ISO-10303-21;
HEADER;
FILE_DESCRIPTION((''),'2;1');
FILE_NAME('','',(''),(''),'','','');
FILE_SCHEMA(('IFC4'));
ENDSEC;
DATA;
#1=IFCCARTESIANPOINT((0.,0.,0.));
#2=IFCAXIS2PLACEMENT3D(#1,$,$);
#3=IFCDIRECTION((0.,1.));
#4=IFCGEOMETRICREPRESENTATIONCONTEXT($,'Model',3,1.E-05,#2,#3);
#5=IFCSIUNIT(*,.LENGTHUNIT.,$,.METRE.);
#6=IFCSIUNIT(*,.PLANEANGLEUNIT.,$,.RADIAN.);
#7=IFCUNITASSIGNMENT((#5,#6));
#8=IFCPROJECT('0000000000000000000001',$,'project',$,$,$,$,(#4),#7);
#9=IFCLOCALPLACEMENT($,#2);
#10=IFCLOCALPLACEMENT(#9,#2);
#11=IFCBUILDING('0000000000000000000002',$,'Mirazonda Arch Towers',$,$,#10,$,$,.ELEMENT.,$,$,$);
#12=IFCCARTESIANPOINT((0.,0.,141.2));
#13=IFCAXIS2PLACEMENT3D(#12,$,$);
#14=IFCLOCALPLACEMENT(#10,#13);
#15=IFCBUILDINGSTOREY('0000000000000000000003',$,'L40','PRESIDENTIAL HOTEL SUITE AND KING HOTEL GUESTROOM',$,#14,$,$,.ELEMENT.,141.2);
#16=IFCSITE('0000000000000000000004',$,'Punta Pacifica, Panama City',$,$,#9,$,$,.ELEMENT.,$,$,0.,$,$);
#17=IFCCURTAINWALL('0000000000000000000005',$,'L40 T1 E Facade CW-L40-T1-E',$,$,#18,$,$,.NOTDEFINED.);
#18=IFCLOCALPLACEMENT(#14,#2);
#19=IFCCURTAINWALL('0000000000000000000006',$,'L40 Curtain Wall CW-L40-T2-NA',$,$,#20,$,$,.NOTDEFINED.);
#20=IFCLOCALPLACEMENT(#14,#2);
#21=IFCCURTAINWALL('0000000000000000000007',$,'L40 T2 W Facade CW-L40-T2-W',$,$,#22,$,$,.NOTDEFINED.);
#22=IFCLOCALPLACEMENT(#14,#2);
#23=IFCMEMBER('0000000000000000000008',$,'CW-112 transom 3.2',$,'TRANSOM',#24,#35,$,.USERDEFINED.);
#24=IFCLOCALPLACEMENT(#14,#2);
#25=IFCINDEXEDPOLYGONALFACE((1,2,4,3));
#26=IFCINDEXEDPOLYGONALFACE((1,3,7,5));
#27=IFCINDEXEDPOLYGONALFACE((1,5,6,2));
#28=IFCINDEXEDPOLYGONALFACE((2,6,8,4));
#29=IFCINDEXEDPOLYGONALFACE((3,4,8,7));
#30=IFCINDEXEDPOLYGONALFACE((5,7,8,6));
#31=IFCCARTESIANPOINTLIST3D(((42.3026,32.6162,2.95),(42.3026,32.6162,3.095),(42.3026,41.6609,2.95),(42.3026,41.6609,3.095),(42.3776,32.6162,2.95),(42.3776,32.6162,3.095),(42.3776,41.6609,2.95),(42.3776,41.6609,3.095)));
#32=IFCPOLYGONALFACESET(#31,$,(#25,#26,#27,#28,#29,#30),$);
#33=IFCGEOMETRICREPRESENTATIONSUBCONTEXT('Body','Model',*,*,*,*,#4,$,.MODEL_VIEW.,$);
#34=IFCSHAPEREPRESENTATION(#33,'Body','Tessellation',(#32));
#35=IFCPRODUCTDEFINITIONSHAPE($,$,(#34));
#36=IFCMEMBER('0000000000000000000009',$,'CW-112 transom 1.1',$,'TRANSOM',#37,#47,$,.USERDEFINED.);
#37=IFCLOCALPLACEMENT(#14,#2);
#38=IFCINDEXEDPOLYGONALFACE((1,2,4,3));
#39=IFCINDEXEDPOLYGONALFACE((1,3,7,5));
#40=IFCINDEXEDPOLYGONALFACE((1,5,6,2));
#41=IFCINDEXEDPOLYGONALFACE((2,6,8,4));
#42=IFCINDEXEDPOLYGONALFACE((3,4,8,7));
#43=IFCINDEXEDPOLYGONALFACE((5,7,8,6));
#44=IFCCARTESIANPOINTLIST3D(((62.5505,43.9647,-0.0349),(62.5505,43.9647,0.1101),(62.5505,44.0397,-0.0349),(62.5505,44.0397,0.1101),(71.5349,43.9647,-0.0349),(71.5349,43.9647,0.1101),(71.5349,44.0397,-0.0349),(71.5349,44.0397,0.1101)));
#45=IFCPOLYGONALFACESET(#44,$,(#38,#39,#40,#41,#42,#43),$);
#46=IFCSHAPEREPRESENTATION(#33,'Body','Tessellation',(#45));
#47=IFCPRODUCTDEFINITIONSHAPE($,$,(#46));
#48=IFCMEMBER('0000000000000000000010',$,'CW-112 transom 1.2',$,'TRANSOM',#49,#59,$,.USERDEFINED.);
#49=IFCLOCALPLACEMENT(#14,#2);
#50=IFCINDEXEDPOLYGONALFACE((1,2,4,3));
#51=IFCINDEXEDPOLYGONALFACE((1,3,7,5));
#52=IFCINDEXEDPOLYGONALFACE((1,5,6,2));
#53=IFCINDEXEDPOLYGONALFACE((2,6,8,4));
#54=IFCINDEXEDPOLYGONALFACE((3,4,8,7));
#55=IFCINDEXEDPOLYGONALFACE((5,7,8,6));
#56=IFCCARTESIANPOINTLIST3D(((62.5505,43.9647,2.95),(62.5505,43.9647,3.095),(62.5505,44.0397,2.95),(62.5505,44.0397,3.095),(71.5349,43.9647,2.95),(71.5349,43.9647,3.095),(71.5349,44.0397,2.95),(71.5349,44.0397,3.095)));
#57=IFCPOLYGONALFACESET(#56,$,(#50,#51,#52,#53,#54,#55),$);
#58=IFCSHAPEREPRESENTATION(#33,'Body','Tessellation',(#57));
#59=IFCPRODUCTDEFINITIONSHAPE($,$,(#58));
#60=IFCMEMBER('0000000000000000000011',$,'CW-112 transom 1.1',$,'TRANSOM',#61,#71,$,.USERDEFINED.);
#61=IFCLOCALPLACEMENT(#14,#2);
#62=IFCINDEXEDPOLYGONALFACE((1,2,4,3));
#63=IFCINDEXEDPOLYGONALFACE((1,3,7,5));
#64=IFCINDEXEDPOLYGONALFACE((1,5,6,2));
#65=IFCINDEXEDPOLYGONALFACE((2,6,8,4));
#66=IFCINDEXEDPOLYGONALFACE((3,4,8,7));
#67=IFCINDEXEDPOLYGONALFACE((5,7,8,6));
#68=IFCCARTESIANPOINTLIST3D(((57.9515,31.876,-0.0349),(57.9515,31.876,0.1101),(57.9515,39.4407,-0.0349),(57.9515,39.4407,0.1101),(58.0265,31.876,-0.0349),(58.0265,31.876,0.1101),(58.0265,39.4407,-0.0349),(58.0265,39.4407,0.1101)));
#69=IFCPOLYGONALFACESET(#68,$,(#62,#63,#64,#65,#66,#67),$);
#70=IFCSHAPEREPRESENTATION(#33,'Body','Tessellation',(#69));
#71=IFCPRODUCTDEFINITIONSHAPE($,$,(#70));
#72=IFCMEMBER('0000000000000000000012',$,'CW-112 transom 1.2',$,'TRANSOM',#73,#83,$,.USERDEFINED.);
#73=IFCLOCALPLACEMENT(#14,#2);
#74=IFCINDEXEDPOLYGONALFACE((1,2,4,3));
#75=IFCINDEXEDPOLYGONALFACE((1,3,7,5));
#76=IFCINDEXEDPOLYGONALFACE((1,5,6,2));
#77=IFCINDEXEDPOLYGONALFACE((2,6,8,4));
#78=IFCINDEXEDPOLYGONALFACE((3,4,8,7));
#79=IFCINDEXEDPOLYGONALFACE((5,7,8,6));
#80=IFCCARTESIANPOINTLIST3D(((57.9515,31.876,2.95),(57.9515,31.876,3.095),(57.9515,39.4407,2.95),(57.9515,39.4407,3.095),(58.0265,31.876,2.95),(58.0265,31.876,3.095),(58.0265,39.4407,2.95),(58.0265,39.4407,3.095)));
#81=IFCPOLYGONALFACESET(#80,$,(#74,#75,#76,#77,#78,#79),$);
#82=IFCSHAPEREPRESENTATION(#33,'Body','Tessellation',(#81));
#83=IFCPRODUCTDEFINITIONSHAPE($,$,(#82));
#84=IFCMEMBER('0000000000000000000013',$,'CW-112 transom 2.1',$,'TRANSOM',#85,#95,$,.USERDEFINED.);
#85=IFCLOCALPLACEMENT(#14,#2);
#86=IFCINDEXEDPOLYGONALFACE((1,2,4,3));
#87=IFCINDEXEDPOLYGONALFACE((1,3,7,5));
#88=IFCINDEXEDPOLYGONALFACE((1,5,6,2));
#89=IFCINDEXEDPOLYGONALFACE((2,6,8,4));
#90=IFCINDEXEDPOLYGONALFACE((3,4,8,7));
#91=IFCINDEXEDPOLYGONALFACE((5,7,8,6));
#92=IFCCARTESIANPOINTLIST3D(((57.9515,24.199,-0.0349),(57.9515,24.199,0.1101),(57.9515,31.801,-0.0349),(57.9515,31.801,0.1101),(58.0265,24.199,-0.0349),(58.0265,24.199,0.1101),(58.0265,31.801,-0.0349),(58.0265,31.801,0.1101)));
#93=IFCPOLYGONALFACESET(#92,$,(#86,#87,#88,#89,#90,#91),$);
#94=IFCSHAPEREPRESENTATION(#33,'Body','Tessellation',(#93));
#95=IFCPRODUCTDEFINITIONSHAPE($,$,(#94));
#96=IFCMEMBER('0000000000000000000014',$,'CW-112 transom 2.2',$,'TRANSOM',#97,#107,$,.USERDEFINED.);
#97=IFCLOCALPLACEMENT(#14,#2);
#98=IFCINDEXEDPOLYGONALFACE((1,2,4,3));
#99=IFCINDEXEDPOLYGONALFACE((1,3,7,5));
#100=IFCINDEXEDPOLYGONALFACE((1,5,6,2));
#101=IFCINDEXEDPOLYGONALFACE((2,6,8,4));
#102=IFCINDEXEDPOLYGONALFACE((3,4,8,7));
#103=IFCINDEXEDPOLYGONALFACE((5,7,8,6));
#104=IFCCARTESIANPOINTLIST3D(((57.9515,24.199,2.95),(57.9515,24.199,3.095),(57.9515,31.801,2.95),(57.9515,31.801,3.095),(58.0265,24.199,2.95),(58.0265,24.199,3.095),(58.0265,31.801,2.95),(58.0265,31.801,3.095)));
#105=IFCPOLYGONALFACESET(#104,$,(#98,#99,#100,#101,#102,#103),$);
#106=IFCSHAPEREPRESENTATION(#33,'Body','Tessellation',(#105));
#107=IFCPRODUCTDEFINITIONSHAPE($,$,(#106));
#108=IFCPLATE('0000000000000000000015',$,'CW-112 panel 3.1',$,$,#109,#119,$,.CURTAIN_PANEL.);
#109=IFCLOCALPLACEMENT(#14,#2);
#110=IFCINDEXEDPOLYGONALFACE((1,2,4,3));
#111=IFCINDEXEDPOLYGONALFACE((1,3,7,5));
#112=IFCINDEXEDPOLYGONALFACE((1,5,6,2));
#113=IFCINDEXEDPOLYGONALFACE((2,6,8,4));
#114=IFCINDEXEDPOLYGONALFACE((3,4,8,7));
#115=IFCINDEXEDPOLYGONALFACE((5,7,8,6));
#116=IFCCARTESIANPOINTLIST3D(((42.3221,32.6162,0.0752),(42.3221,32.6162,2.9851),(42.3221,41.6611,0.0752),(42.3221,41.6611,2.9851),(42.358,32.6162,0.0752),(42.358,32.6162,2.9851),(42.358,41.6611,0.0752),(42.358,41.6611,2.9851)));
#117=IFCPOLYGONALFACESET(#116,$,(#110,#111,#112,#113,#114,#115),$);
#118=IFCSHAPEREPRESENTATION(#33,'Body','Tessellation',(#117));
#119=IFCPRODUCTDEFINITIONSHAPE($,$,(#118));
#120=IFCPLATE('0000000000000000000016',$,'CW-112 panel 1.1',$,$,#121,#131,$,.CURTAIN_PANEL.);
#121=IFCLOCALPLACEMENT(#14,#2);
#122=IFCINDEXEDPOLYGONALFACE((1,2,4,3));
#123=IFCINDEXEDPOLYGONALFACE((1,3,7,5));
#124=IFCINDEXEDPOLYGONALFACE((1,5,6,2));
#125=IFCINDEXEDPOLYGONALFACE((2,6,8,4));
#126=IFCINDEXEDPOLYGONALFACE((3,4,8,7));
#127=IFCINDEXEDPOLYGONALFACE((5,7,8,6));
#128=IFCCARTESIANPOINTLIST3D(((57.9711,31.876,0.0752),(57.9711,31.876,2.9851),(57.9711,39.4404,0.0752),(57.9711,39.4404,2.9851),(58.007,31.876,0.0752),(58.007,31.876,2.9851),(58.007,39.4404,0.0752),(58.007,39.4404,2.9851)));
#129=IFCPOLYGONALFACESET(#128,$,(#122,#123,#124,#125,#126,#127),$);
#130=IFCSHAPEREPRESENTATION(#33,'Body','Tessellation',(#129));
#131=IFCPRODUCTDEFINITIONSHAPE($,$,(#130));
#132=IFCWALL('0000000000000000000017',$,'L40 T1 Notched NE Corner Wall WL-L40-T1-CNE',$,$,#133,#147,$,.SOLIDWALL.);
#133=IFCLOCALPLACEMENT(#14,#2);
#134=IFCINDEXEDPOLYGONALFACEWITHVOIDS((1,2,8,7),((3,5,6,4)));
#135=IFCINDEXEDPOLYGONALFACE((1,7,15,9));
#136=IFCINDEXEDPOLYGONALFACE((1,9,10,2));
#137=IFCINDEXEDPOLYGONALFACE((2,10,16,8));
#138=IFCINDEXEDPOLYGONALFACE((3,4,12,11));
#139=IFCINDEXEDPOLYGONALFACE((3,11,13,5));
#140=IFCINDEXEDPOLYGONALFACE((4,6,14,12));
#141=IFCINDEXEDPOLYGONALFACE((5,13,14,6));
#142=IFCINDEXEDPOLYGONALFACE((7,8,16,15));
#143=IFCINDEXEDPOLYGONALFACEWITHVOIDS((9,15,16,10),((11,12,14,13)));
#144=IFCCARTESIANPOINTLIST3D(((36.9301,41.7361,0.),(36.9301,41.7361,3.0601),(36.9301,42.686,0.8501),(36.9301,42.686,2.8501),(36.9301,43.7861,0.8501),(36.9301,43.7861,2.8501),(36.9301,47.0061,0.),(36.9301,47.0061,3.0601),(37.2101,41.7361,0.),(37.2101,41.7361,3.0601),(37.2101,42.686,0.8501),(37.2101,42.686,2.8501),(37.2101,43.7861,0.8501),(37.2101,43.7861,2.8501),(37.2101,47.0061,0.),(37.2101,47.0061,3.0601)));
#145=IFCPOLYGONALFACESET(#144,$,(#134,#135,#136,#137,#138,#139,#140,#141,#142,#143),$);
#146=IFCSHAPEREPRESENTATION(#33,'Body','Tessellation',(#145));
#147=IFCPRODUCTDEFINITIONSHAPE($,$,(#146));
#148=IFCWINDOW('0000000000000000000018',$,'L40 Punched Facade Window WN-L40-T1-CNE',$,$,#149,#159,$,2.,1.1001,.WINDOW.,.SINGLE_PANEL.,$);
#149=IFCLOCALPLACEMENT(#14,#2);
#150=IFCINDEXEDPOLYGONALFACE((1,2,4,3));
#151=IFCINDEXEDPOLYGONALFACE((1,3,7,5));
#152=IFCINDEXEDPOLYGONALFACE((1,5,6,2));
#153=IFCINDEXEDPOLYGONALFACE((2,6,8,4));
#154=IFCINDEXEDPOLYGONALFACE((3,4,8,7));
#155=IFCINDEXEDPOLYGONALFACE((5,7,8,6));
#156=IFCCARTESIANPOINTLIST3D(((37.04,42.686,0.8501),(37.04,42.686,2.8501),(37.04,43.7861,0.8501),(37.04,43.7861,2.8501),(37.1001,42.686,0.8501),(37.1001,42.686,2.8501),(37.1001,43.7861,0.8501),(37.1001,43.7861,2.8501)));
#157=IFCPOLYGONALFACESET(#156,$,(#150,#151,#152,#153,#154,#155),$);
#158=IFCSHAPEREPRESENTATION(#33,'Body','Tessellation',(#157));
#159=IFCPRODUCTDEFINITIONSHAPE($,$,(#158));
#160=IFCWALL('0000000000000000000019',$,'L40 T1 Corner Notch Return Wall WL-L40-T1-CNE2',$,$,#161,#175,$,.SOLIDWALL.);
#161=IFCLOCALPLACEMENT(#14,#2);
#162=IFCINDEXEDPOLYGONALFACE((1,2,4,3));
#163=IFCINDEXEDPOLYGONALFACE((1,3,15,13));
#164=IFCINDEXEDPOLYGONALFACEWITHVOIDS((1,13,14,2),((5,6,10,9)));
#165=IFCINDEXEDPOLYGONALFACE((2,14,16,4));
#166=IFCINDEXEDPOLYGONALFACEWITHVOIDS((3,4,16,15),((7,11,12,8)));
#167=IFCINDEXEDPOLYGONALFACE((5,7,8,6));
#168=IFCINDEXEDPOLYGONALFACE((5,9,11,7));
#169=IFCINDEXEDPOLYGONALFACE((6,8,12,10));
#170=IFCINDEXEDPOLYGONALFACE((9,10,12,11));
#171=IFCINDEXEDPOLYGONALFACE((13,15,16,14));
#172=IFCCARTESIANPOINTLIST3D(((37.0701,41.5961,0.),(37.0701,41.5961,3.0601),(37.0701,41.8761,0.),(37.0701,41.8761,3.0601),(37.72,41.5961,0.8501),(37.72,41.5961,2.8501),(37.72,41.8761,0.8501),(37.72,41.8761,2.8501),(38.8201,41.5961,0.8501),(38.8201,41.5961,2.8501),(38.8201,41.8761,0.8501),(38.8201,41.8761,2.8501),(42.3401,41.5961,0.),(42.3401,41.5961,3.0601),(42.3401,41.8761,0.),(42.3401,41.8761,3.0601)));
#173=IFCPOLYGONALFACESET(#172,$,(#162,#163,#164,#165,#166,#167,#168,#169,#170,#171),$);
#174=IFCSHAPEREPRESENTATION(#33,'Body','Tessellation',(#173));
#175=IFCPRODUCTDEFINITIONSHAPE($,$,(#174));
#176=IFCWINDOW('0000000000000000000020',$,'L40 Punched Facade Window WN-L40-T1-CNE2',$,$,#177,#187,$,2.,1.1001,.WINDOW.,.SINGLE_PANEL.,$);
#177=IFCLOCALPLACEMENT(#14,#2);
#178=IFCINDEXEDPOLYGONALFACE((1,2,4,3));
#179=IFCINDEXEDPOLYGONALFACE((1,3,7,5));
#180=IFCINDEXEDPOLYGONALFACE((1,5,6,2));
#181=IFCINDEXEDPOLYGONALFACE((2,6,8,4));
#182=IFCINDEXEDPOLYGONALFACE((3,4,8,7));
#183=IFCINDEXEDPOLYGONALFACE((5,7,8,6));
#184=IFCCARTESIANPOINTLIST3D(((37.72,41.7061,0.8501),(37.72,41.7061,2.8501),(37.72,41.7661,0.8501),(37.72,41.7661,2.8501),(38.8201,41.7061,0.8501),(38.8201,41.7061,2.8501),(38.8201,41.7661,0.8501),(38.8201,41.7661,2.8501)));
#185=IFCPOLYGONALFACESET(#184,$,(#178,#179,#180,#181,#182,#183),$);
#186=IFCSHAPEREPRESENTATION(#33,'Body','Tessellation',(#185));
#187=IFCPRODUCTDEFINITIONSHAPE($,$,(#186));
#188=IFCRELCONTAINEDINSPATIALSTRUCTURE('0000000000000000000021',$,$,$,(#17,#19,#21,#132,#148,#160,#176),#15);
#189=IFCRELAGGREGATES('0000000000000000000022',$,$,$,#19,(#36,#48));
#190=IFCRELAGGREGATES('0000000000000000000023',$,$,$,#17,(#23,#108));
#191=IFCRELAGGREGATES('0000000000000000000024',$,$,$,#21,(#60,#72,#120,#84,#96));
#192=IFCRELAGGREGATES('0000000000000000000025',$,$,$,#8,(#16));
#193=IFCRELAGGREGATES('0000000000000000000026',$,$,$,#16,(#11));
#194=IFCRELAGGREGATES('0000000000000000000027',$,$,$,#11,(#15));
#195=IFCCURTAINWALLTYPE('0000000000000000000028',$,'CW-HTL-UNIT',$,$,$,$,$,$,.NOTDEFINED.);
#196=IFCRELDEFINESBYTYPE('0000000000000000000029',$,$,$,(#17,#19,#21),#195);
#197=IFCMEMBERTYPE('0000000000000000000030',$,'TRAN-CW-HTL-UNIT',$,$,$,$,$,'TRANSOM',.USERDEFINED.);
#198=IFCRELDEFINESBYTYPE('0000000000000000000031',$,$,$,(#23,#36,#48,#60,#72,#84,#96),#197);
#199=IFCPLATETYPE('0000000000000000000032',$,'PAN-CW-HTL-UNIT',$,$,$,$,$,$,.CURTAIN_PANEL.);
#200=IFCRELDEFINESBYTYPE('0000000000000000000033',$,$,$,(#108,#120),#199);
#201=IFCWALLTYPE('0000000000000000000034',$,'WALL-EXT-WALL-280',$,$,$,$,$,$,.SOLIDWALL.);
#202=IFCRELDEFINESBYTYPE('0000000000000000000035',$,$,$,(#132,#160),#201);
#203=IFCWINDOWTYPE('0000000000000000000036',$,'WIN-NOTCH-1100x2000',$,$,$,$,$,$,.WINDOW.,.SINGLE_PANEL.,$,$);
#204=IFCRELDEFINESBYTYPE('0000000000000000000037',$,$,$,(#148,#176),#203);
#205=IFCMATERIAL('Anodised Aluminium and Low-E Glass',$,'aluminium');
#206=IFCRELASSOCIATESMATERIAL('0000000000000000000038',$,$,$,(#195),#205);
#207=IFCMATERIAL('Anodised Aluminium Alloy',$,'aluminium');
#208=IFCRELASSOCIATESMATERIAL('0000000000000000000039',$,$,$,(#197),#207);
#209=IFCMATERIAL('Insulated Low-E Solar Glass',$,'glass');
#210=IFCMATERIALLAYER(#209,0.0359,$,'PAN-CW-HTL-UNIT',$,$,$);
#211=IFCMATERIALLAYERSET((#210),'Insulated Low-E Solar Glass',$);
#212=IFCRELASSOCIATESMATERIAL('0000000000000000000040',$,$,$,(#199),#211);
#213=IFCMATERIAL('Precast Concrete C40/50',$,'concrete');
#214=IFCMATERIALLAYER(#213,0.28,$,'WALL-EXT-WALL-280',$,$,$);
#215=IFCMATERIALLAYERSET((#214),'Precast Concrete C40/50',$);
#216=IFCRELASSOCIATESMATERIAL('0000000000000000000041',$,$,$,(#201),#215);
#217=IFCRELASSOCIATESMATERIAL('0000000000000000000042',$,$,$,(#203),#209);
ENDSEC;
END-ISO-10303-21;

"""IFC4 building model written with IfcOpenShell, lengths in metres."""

from ifc_helpers import new_model, si_unit, direction, frame, frame_2d, origin, origin_2d, place, context, subcontext, project, spatial, rectangle, extrude, material, layer, layer_set, material_profile, profile_set, type_object, element, fill, aggregate, save


model = new_model("IFC4")

# Units and contexts
model_context = context("Model", 3, precision=1e-05, world=origin(), true_north=direction((0.0, 1.0)))
body_context = subcontext(model_context, "Body", "Model", "MODEL_VIEW")
ifc_project = project(units=[si_unit("LENGTHUNIT", "METRE"), si_unit("PLANEANGLEUNIT", "RADIAN")], contexts=[model_context])

# Site, building, storey
site_placement = place(None, origin())
site = spatial("IfcSite", under=ifc_project, at=site_placement, Name="Punta Pacifica, Panama City", CompositionType="ELEMENT", RefElevation=0.0)
building_placement = place(site_placement, origin())
building = spatial("IfcBuilding", under=site, at=building_placement, Name="Mirazonda Arch Towers", CompositionType="ELEMENT")
storey_placement = place(building_placement, frame((0.0, 0.0, 141.2)))
storey = spatial("IfcBuildingStorey", under=building, at=storey_placement, Name="L40", Description="PRESIDENTIAL HOTEL SUITE AND KING HOTEL GUESTROOM", CompositionType="ELEMENT", Elevation=141.2)

# Curtain wall
ifc_material_1 = material(Name="Anodised Aluminium and Low-E Glass", Category="aluminium")
curtain_wall_type = type_object("IfcCurtainWallType", Name="CW-HTL-UNIT", PredefinedType="NOTDEFINED", material=ifc_material_1)
curtain_wall_1_placement = place(storey_placement, origin())
curtain_wall_1 = element("IfcCurtainWall", 1, at=curtain_wall_1_placement, inside=storey, type_object=curtain_wall_type, Name="L40 T1 E Facade CW-L40-T1-E", PredefinedType="NOTDEFINED")
ifc_material_2 = material(Name="Anodised Aluminium Alloy", Category="aluminium")

# Curtain wall
curtain_wall_2_placement = place(storey_placement, origin())
curtain_wall_2 = element("IfcCurtainWall", 2, at=curtain_wall_2_placement, inside=storey, type_object=curtain_wall_type, Name="L40 Curtain Wall CW-L40-T2-NA", PredefinedType="NOTDEFINED")

# Curtain wall
curtain_wall_3_placement = place(storey_placement, origin())
curtain_wall_3 = element("IfcCurtainWall", 3, at=curtain_wall_3_placement, inside=storey, type_object=curtain_wall_type, Name="L40 T2 W Facade CW-L40-T2-W", PredefinedType="NOTDEFINED")

# Members
ifc_material_profile_1 = material_profile(ifc_material_2, rectangle(XDim=0.075, YDim=0.145, at=origin_2d()), Name="ALU-TRAN-75x145")
ifc_profile_set_1 = profile_set([ifc_material_profile_1], Name="Anodised Aluminium Alloy")
member_type_1 = type_object("IfcMemberType", Name="TRAN-CW-HTL-UNIT", ElementType="TRANSOM", PredefinedType="USERDEFINED", material=ifc_profile_set_1)
member_1_placement = place(storey_placement, frame((42.3401, 32.6162, 3.0225), z_axis=(0.0, 1.0, 0.0), x_axis=(-1.0, 0.0, 0.0)))
member_1 = element("IfcMember", 4, at=member_1_placement, type_object=member_type_1, Name="CW-112 transom 3.2", ObjectType="TRANSOM", PredefinedType="USERDEFINED", context=body_context, shape_type="SweptSolid", body=[
    extrude(rectangle(XDim=0.075, YDim=0.145, at=origin_2d()), origin(), (0.0, 0.0, 1.0), 9.0447),
])
member_2_placement = place(storey_placement, frame((62.5505, 44.0022, 0.0376), z_axis=(1.0, 0.0, 0.0), x_axis=(0.0, 1.0, 0.0)))
member_2 = element("IfcMember", 5, at=member_2_placement, type_object=member_type_1, Name="CW-112 transom 1.1", ObjectType="TRANSOM", PredefinedType="USERDEFINED", context=body_context, shape_type="SweptSolid", body=[
    extrude(rectangle(XDim=0.075, YDim=0.145, at=origin_2d()), origin(), (0.0, 0.0, 1.0), 8.9844),
])
member_3_placement = place(storey_placement, frame((62.5505, 44.0022, 3.0225), z_axis=(1.0, 0.0, 0.0), x_axis=(0.0, 1.0, 0.0)))
member_3 = element("IfcMember", 6, at=member_3_placement, type_object=member_type_1, Name="CW-112 transom 1.2", ObjectType="TRANSOM", PredefinedType="USERDEFINED", context=body_context, shape_type="SweptSolid", body=[
    extrude(rectangle(XDim=0.075, YDim=0.145, at=origin_2d()), origin(), (0.0, 0.0, 1.0), 8.9844),
])
aggregate(curtain_wall_2, [member_2, member_3])
member_4_placement = place(storey_placement, frame((57.989, 39.4407, 0.0376), z_axis=(0.0, -1.0, 0.0), x_axis=(1.0, 0.0, 0.0)))
member_4 = element("IfcMember", 7, at=member_4_placement, type_object=member_type_1, Name="CW-112 transom 1.1", ObjectType="TRANSOM", PredefinedType="USERDEFINED", context=body_context, shape_type="SweptSolid", body=[
    extrude(rectangle(XDim=0.075, YDim=0.145, at=origin_2d()), origin(), (0.0, 0.0, 1.0), 7.5647),
])
member_5_placement = place(storey_placement, frame((57.989, 39.4407, 3.0225), z_axis=(0.0, -1.0, 0.0), x_axis=(1.0, 0.0, 0.0)))
member_5 = element("IfcMember", 8, at=member_5_placement, type_object=member_type_1, Name="CW-112 transom 1.2", ObjectType="TRANSOM", PredefinedType="USERDEFINED", context=body_context, shape_type="SweptSolid", body=[
    extrude(rectangle(XDim=0.075, YDim=0.145, at=origin_2d()), origin(), (0.0, 0.0, 1.0), 7.5647),
])
member_6_placement = place(storey_placement, frame((57.989, 31.801, 0.0376), z_axis=(0.0, -1.0, 0.0), x_axis=(1.0, 0.0, 0.0)))
member_6 = element("IfcMember", 9, at=member_6_placement, type_object=member_type_1, Name="CW-112 transom 2.1", ObjectType="TRANSOM", PredefinedType="USERDEFINED", context=body_context, shape_type="SweptSolid", body=[
    extrude(rectangle(XDim=0.075, YDim=0.145, at=origin_2d()), origin(), (0.0, 0.0, 1.0), 7.6021),
])
member_7_placement = place(storey_placement, frame((57.989, 31.801, 3.0225), z_axis=(0.0, -1.0, 0.0), x_axis=(1.0, 0.0, 0.0)))
member_7 = element("IfcMember", 10, at=member_7_placement, type_object=member_type_1, Name="CW-112 transom 2.2", ObjectType="TRANSOM", PredefinedType="USERDEFINED", context=body_context, shape_type="SweptSolid", body=[
    extrude(rectangle(XDim=0.075, YDim=0.145, at=origin_2d()), origin(), (0.0, 0.0, 1.0), 7.6021),
])

# Plates
ifc_material_3 = material(Name="Insulated Low-E Solar Glass", Category="glass")
ifc_layer_1 = layer(ifc_material_3, 0.0359, Name="PAN-CW-HTL-UNIT")
ifc_layer_set_1 = layer_set([ifc_layer_1], Name="Insulated Low-E Solar Glass")
plate_type = type_object("IfcPlateType", Name="PAN-CW-HTL-UNIT", PredefinedType="CURTAIN_PANEL", material=ifc_layer_set_1)
plate_1_placement = place(storey_placement, frame((42.3401, 37.1387, 0.0752), z_axis=(0.0, 0.0, 1.0), x_axis=(0.0, 1.0, 0.0)))
plate_1 = element("IfcPlate", 11, at=plate_1_placement, type_object=plate_type, Name="CW-112 panel 3.1", PredefinedType="CURTAIN_PANEL", context=body_context, shape_type="SweptSolid", body=[
    extrude(rectangle(XDim=9.0449, YDim=0.0359, at=origin_2d()), origin(), (0.0, 0.0, 1.0), 2.9099),
])
aggregate(curtain_wall_1, [member_1, plate_1])
plate_2_placement = place(storey_placement, frame((57.989, 35.6582, 0.0752), z_axis=(0.0, 0.0, 1.0), x_axis=(0.0, -1.0, 0.0)))
plate_2 = element("IfcPlate", 12, at=plate_2_placement, type_object=plate_type, Name="CW-112 panel 1.1", PredefinedType="CURTAIN_PANEL", context=body_context, shape_type="SweptSolid", body=[
    extrude(rectangle(XDim=7.5645, YDim=0.0359, at=origin_2d()), origin(), (0.0, 0.0, 1.0), 2.9099),
])
aggregate(curtain_wall_3, [member_4, member_5, plate_2, member_6, member_7])

# Walls, openings, windows
ifc_material_4 = material(Name="Precast Concrete C40/50", Category="concrete")
ifc_layer_2 = layer(ifc_material_4, 0.28, Name="WALL-EXT-WALL-280")
ifc_layer_set_2 = layer_set([ifc_layer_2], Name="Precast Concrete C40/50")
wall_type_1 = type_object("IfcWallType", Name="WALL-EXT-WALL-280", PredefinedType="SOLIDWALL", material=ifc_layer_set_2)
wall_1_placement = place(storey_placement, frame((37.0701, 41.7361, 0.0), z_axis=(0.0, 0.0, 1.0), x_axis=(0.0, 1.0, 0.0)))
wall_1 = element("IfcWall", 13, at=wall_1_placement, inside=storey, type_object=wall_type_1, Name="L40 T1 Notched NE Corner Wall WL-L40-T1-CNE", PredefinedType="SOLIDWALL", context=body_context, shape_type="SweptSolid", body=[
    extrude(rectangle(XDim=5.27, YDim=0.28, at=frame_2d((2.635, 0.0))), origin(), (0.0, 0.0, 1.0), 3.0601),
])
opening_1_placement = place(wall_1_placement, frame((0.95, 0.0, 0.8501)))
opening_1 = element("IfcOpeningElement", 14, at=opening_1_placement, cuts=wall_1, PredefinedType="OPENING", context=body_context, shape_type="SweptSolid", body=[
    extrude(rectangle(XDim=1.1001, YDim=2.0, at=frame_2d((0.55, 1.0))), frame((0.0, 0.1499, 0.0), z_axis=(0.0, -1.0, 0.0), x_axis=(1.0, 0.0, 0.0)), (0.0, 0.0, 1.0), 0.3),
])
window_type = type_object("IfcWindowType", Name="WIN-NOTCH-1100x2000", PartitioningType="SINGLE_PANEL", PredefinedType="WINDOW", material=ifc_material_3)
window_1_placement = place(opening_1_placement, origin())
window_1 = element("IfcWindow", 15, at=window_1_placement, inside=storey, type_object=window_type, Name="L40 Punched Facade Window WN-L40-T1-CNE", OverallHeight=2.0, OverallWidth=1.1001, PartitioningType="SINGLE_PANEL", PredefinedType="WINDOW", context=body_context, shape_type="SweptSolid", body=[
    extrude(rectangle(XDim=1.1001, YDim=2.0, at=frame_2d((0.55, 1.0))), frame((0.0, 0.03, 0.0), z_axis=(0.0, -1.0, 0.0), x_axis=(1.0, 0.0, 0.0)), (0.0, 0.0, 1.0), 0.0601),
])
fill(opening_1, window_1)
wall_2_placement = place(storey_placement, frame((42.3401, 41.7361, 0.0), z_axis=(0.0, 0.0, 1.0), x_axis=(-1.0, 0.0, 0.0)))
wall_2 = element("IfcWall", 16, at=wall_2_placement, inside=storey, type_object=wall_type_1, Name="L40 T1 Corner Notch Return Wall WL-L40-T1-CNE2", PredefinedType="SOLIDWALL", context=body_context, shape_type="SweptSolid", body=[
    extrude(rectangle(XDim=5.27, YDim=0.28, at=frame_2d((2.635, 0.0))), origin(), (0.0, 0.0, 1.0), 3.0601),
])
opening_2_placement = place(wall_2_placement, frame((3.52, 0.0, 0.8501)))
opening_2 = element("IfcOpeningElement", 17, at=opening_2_placement, cuts=wall_2, PredefinedType="OPENING", context=body_context, shape_type="SweptSolid", body=[
    extrude(rectangle(XDim=1.1001, YDim=2.0, at=frame_2d((0.55, 1.0))), frame((0.0, 0.1499, 0.0), z_axis=(0.0, -1.0, 0.0), x_axis=(1.0, 0.0, 0.0)), (0.0, 0.0, 1.0), 0.3),
])
window_2_placement = place(opening_2_placement, origin())
window_2 = element("IfcWindow", 18, at=window_2_placement, inside=storey, type_object=window_type, Name="L40 Punched Facade Window WN-L40-T1-CNE2", OverallHeight=2.0, OverallWidth=1.1001, PartitioningType="SINGLE_PANEL", PredefinedType="WINDOW", context=body_context, shape_type="SweptSolid", body=[
    extrude(rectangle(XDim=1.1001, YDim=2.0, at=frame_2d((0.55, 1.0))), frame((0.0, 0.03, 0.0), z_axis=(0.0, -1.0, 0.0), x_axis=(1.0, 0.0, 0.0)), (0.0, 0.0, 1.0), 0.0601),
])
fill(opening_2, window_2)

save(model, "model.ifc")
